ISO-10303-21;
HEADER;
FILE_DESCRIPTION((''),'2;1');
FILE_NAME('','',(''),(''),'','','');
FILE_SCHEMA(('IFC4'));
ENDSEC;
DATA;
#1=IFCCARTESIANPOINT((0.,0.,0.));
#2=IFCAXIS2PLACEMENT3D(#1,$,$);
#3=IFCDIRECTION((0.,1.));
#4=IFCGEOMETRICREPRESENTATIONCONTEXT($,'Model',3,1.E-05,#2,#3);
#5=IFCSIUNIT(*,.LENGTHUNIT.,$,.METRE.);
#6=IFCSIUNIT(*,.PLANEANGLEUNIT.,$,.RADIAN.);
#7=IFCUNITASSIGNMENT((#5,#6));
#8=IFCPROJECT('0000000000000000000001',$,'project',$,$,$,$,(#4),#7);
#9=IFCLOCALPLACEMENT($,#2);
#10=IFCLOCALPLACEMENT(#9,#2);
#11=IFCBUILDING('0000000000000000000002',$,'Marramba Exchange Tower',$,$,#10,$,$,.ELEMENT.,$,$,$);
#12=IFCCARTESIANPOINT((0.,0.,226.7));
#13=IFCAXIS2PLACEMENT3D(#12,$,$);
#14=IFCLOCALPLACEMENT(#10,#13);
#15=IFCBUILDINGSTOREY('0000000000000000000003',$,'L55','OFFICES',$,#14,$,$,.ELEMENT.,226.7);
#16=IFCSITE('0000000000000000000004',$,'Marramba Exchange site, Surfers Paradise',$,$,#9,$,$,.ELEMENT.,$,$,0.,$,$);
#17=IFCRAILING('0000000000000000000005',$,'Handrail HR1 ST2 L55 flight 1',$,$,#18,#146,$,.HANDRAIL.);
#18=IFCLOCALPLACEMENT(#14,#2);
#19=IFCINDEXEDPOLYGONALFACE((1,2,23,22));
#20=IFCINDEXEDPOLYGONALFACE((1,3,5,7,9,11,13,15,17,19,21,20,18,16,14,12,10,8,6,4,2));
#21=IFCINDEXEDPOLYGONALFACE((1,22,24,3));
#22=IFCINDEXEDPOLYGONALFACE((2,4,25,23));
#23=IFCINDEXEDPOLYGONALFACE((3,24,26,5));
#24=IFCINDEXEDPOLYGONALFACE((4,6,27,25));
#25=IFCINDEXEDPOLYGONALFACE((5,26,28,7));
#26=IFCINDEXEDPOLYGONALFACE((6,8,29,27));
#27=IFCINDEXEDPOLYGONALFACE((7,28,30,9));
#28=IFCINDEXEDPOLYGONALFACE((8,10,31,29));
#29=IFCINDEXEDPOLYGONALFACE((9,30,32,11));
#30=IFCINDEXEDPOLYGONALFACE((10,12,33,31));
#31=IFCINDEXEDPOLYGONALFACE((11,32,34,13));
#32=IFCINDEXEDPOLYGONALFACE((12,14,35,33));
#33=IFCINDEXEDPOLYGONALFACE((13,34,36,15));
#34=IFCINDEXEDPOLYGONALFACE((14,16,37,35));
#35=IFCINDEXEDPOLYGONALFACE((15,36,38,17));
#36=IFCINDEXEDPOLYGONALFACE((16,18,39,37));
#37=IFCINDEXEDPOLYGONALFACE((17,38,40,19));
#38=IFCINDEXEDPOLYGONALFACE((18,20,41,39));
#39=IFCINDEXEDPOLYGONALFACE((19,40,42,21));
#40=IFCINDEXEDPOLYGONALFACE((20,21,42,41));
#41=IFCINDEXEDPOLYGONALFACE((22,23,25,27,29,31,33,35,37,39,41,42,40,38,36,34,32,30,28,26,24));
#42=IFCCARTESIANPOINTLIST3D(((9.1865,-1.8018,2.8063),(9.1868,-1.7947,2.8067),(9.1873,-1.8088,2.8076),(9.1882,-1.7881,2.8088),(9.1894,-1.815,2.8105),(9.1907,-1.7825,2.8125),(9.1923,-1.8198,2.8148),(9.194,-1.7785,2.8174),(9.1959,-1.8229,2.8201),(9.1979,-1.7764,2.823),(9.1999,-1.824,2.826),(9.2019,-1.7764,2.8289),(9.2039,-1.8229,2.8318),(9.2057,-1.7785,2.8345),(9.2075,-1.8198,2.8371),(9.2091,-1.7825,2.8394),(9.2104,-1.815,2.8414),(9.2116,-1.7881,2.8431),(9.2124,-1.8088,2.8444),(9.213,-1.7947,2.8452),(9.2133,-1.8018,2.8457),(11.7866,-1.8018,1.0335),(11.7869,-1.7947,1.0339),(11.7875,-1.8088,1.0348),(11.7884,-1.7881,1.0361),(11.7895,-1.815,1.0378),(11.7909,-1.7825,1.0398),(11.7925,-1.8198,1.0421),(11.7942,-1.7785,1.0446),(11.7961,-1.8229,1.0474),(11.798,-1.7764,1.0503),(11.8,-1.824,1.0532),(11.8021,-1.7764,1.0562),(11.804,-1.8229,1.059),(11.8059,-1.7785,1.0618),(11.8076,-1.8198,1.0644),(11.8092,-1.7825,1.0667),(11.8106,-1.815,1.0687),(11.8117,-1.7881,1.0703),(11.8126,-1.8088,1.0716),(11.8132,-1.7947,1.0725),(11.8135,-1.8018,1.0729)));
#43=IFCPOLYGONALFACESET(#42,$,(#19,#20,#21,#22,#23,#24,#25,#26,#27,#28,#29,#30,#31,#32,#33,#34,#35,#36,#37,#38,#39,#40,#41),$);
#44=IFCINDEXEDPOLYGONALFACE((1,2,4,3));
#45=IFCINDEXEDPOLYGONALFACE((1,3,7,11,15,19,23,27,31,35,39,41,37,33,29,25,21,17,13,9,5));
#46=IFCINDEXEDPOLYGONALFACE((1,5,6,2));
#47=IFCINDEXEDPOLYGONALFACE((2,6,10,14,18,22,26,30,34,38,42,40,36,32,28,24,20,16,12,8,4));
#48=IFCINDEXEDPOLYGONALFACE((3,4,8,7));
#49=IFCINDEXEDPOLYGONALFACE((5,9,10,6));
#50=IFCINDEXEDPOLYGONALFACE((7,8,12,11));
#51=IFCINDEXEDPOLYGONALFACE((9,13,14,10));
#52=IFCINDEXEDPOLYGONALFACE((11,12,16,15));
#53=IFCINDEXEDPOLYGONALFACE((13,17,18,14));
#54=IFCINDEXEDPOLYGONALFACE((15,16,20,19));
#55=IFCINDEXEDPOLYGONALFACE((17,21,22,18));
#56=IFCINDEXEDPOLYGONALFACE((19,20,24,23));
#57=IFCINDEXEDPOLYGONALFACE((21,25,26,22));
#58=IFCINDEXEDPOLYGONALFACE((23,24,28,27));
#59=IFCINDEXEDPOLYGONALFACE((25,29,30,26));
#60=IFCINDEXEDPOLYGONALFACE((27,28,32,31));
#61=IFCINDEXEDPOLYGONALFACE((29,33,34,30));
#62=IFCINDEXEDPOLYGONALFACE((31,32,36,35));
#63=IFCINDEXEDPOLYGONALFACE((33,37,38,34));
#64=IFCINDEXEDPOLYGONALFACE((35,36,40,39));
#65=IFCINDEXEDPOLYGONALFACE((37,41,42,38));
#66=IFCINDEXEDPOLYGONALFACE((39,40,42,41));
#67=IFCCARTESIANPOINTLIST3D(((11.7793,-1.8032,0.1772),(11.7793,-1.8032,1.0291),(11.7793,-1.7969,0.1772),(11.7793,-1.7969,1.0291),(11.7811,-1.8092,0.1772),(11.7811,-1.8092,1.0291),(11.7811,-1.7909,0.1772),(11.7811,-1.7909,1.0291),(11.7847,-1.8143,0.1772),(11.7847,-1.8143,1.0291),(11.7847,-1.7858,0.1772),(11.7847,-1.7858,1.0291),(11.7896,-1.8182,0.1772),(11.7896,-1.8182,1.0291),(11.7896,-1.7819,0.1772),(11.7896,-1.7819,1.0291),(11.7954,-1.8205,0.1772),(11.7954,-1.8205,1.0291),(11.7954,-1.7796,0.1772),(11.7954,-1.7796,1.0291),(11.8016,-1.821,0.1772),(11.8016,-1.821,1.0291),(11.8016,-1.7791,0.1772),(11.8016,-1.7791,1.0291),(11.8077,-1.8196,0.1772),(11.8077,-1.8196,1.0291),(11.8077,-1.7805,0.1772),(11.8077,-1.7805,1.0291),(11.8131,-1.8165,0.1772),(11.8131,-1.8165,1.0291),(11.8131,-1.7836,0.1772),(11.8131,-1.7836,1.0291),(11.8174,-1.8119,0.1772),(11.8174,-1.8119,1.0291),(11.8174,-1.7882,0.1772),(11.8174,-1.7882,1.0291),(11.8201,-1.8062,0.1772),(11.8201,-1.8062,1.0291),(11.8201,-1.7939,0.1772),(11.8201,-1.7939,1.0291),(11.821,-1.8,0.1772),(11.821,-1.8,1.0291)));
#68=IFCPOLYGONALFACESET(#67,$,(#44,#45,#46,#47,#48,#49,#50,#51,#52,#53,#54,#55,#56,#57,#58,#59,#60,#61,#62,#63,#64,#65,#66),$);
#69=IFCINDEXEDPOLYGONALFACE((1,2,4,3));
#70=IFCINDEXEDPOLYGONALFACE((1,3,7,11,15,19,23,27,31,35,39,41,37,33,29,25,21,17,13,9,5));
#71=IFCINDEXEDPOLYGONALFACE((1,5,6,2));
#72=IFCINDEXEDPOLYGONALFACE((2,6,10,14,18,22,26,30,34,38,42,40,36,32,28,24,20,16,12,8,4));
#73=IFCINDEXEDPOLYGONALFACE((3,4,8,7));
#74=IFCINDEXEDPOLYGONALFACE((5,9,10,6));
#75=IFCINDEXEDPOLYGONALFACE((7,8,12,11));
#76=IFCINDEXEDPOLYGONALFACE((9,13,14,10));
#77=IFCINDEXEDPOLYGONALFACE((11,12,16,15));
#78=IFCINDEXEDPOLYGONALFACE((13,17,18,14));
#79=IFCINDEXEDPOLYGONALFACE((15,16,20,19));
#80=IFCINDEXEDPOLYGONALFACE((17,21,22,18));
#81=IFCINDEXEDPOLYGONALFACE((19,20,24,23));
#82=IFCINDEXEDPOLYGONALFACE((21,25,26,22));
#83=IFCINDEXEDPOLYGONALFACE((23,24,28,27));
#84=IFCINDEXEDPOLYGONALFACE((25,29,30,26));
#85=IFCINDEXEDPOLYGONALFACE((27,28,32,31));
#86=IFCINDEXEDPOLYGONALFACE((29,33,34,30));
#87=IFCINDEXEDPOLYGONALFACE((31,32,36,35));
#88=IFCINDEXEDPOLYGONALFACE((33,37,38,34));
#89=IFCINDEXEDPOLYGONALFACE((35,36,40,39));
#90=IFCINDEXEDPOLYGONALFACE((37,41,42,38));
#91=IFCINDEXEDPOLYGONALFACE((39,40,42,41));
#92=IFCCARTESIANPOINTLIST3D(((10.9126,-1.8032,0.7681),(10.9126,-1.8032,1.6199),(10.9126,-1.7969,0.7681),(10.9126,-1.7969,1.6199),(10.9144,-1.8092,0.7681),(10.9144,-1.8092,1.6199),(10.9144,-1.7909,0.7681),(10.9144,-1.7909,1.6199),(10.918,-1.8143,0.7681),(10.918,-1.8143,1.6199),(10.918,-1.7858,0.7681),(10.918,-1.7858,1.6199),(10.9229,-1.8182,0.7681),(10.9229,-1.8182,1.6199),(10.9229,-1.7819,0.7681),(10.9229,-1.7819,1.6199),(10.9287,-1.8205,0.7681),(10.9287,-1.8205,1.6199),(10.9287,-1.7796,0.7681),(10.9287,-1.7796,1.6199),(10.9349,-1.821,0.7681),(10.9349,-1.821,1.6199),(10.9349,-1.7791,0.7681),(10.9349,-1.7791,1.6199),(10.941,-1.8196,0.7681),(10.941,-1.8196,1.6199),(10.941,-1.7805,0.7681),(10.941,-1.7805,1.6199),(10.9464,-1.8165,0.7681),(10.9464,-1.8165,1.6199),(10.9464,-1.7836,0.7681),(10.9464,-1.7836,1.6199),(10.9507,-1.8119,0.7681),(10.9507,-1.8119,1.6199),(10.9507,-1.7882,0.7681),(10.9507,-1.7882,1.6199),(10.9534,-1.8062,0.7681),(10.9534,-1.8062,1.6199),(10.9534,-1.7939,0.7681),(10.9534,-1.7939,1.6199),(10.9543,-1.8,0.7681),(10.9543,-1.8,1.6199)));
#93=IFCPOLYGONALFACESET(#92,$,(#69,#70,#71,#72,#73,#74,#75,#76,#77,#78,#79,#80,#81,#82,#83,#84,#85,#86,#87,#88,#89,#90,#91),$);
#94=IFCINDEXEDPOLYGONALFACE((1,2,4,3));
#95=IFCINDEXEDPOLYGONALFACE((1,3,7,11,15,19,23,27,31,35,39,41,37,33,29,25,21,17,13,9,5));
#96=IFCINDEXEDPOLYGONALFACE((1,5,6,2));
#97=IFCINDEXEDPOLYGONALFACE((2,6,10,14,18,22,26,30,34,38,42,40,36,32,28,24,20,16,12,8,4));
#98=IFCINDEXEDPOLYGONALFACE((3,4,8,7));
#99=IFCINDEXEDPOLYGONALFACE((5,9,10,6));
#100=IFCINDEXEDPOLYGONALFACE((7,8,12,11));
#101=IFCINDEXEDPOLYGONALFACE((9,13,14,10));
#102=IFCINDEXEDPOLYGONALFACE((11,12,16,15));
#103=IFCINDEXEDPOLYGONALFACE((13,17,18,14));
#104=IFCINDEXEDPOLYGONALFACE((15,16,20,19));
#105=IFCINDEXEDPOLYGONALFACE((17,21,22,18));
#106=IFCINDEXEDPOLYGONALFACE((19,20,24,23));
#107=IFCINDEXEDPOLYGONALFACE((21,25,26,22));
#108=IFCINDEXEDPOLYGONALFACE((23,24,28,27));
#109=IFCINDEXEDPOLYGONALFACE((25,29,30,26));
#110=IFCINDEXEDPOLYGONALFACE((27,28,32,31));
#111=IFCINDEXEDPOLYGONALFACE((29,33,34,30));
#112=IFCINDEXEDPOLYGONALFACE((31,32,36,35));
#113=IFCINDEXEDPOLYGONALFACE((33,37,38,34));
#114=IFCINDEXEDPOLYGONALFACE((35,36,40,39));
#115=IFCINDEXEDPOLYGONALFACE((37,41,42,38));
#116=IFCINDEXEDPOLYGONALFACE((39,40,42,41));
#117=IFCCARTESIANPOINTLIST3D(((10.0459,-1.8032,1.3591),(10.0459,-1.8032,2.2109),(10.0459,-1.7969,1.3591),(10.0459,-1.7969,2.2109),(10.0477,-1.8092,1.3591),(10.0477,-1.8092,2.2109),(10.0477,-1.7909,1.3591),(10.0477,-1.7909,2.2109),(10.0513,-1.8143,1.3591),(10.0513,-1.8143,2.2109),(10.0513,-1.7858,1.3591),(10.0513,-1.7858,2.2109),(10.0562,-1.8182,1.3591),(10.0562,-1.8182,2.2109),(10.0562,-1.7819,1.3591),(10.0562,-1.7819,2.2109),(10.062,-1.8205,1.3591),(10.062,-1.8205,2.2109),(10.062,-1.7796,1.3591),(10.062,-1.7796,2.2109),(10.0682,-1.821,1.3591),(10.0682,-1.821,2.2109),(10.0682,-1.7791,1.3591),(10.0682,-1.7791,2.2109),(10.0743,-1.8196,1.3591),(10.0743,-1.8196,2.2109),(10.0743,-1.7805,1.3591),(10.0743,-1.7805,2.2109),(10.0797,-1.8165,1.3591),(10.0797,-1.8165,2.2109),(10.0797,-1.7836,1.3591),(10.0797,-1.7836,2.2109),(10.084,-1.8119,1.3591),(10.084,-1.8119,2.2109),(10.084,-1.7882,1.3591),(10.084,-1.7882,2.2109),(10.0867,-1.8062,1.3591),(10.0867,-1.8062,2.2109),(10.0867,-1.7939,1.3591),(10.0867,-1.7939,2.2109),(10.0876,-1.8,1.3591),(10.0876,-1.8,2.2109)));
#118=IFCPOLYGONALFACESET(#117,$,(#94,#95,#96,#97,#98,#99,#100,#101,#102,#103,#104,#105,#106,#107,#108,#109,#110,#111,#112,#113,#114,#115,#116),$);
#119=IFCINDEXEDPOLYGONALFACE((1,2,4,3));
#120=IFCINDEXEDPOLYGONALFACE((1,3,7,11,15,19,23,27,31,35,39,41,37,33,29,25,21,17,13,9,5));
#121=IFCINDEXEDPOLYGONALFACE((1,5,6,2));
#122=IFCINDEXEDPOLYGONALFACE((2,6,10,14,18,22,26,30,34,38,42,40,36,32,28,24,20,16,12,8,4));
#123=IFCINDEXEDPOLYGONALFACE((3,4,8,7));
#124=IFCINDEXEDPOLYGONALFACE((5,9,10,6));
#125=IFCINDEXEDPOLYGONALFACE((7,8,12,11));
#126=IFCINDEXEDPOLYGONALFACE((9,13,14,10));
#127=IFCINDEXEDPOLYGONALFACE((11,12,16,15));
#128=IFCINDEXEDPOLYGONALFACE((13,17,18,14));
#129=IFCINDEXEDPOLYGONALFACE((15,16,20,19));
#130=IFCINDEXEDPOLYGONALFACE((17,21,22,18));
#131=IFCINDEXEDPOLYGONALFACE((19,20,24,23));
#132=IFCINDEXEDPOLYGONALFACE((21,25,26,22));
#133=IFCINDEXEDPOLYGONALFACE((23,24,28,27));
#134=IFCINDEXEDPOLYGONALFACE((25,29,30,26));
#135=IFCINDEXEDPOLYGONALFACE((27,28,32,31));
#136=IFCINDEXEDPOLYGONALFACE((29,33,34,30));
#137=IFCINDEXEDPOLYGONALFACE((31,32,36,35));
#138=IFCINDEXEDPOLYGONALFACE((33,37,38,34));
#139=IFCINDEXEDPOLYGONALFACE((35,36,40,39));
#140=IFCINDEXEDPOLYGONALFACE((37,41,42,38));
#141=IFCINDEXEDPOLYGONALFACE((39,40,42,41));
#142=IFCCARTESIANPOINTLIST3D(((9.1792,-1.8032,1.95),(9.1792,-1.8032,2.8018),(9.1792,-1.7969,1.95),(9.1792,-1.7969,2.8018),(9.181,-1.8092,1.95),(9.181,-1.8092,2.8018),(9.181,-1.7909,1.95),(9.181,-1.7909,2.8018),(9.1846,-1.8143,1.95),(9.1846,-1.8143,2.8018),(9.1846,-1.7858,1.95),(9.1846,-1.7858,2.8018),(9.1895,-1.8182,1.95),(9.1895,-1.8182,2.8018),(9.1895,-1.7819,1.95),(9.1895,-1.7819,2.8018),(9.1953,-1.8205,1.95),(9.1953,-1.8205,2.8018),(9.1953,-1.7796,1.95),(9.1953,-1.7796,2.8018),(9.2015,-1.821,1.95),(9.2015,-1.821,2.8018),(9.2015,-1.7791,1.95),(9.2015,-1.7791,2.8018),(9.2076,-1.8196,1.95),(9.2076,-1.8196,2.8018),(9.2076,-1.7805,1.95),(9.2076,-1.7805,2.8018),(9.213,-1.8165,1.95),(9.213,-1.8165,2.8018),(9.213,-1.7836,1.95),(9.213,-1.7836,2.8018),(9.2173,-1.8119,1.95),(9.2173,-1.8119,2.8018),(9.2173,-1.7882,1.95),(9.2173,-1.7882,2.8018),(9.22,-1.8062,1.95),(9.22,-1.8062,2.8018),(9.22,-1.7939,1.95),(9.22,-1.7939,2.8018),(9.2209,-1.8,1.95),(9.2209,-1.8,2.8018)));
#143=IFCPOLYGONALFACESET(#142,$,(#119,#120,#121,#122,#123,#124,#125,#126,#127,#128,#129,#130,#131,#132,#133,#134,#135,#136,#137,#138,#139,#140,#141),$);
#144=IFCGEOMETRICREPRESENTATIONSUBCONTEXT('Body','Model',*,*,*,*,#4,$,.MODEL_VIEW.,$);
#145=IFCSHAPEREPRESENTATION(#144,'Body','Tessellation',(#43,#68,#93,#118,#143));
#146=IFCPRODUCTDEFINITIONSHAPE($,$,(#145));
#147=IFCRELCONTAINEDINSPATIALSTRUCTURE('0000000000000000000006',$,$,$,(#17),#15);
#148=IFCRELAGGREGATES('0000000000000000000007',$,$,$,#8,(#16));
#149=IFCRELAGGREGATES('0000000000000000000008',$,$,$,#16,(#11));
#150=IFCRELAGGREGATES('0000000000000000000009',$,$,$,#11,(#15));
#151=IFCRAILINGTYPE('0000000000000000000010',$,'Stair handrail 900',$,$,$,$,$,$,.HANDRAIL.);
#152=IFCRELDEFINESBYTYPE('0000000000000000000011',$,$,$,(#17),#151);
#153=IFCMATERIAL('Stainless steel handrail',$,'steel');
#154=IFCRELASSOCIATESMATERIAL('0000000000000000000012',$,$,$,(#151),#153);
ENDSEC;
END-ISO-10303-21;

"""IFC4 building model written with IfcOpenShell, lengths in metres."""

from ifc_helpers import new_model, si_unit, direction, frame, origin, origin_2d, place, context, subcontext, project, spatial, circle, extrude, material, type_object, element, save


model = new_model("IFC4")

# Units and contexts
model_context = context("Model", 3, precision=1e-05, world=origin(), true_north=direction((0.0, 1.0)))
body_context = subcontext(model_context, "Body", "Model", "MODEL_VIEW")
ifc_project = project(units=[si_unit("LENGTHUNIT", "METRE"), si_unit("PLANEANGLEUNIT", "RADIAN")], contexts=[model_context])

# Site, building, storey
site_placement = place(None, origin())
site = spatial("IfcSite", under=ifc_project, at=site_placement, Name="Marramba Exchange site, Surfers Paradise", CompositionType="ELEMENT", RefElevation=0.0)
building_placement = place(site_placement, origin())
building = spatial("IfcBuilding", under=site, at=building_placement, Name="Marramba Exchange Tower", CompositionType="ELEMENT")
storey_placement = place(building_placement, frame((0.0, 0.0, 226.7)))
storey = spatial("IfcBuildingStorey", under=building, at=storey_placement, Name="L55", Description="OFFICES", CompositionType="ELEMENT", Elevation=226.7)

# Railing
ifc_material_1 = material(Name="Stainless steel handrail", Category="steel")
railing_type = type_object("IfcRailingType", Name="Stair handrail 900", PredefinedType="HANDRAIL", material=ifc_material_1)
railing_placement = place(storey_placement, frame((11.8, -1.8, 0.1772)))
element("IfcRailing", 1, at=railing_placement, inside=storey, type_object=railing_type, Name="Handrail HR1 ST2 L55 flight 1", PredefinedType="HANDRAIL", context=body_context, shape_type="SweptSolid", body=[
    extrude(circle(Radius=0.0239, at=origin_2d()), frame((0.0, 0.0, 0.876), z_axis=(-0.82624, 0.0, 0.563318), x_axis=(0.0, -1.0, 0.0)), (0.0, 0.0, 1.0), 3.147),
    extrude(circle(Radius=0.021, at=origin_2d()), origin(), (0.0, 0.0, 1.0), 0.8518),
    extrude(circle(Radius=0.021, at=origin_2d()), frame((-0.8667, 0.0, 0.5908)), (0.0, 0.0, 1.0), 0.8518),
    extrude(circle(Radius=0.021, at=origin_2d()), frame((-1.7334, 0.0, 1.1819)), (0.0, 0.0, 1.0), 0.8518),
    extrude(circle(Radius=0.021, at=origin_2d()), frame((-2.6001, 0.0, 1.7727)), (0.0, 0.0, 1.0), 0.8518),
])

save(model, "model.ifc")
